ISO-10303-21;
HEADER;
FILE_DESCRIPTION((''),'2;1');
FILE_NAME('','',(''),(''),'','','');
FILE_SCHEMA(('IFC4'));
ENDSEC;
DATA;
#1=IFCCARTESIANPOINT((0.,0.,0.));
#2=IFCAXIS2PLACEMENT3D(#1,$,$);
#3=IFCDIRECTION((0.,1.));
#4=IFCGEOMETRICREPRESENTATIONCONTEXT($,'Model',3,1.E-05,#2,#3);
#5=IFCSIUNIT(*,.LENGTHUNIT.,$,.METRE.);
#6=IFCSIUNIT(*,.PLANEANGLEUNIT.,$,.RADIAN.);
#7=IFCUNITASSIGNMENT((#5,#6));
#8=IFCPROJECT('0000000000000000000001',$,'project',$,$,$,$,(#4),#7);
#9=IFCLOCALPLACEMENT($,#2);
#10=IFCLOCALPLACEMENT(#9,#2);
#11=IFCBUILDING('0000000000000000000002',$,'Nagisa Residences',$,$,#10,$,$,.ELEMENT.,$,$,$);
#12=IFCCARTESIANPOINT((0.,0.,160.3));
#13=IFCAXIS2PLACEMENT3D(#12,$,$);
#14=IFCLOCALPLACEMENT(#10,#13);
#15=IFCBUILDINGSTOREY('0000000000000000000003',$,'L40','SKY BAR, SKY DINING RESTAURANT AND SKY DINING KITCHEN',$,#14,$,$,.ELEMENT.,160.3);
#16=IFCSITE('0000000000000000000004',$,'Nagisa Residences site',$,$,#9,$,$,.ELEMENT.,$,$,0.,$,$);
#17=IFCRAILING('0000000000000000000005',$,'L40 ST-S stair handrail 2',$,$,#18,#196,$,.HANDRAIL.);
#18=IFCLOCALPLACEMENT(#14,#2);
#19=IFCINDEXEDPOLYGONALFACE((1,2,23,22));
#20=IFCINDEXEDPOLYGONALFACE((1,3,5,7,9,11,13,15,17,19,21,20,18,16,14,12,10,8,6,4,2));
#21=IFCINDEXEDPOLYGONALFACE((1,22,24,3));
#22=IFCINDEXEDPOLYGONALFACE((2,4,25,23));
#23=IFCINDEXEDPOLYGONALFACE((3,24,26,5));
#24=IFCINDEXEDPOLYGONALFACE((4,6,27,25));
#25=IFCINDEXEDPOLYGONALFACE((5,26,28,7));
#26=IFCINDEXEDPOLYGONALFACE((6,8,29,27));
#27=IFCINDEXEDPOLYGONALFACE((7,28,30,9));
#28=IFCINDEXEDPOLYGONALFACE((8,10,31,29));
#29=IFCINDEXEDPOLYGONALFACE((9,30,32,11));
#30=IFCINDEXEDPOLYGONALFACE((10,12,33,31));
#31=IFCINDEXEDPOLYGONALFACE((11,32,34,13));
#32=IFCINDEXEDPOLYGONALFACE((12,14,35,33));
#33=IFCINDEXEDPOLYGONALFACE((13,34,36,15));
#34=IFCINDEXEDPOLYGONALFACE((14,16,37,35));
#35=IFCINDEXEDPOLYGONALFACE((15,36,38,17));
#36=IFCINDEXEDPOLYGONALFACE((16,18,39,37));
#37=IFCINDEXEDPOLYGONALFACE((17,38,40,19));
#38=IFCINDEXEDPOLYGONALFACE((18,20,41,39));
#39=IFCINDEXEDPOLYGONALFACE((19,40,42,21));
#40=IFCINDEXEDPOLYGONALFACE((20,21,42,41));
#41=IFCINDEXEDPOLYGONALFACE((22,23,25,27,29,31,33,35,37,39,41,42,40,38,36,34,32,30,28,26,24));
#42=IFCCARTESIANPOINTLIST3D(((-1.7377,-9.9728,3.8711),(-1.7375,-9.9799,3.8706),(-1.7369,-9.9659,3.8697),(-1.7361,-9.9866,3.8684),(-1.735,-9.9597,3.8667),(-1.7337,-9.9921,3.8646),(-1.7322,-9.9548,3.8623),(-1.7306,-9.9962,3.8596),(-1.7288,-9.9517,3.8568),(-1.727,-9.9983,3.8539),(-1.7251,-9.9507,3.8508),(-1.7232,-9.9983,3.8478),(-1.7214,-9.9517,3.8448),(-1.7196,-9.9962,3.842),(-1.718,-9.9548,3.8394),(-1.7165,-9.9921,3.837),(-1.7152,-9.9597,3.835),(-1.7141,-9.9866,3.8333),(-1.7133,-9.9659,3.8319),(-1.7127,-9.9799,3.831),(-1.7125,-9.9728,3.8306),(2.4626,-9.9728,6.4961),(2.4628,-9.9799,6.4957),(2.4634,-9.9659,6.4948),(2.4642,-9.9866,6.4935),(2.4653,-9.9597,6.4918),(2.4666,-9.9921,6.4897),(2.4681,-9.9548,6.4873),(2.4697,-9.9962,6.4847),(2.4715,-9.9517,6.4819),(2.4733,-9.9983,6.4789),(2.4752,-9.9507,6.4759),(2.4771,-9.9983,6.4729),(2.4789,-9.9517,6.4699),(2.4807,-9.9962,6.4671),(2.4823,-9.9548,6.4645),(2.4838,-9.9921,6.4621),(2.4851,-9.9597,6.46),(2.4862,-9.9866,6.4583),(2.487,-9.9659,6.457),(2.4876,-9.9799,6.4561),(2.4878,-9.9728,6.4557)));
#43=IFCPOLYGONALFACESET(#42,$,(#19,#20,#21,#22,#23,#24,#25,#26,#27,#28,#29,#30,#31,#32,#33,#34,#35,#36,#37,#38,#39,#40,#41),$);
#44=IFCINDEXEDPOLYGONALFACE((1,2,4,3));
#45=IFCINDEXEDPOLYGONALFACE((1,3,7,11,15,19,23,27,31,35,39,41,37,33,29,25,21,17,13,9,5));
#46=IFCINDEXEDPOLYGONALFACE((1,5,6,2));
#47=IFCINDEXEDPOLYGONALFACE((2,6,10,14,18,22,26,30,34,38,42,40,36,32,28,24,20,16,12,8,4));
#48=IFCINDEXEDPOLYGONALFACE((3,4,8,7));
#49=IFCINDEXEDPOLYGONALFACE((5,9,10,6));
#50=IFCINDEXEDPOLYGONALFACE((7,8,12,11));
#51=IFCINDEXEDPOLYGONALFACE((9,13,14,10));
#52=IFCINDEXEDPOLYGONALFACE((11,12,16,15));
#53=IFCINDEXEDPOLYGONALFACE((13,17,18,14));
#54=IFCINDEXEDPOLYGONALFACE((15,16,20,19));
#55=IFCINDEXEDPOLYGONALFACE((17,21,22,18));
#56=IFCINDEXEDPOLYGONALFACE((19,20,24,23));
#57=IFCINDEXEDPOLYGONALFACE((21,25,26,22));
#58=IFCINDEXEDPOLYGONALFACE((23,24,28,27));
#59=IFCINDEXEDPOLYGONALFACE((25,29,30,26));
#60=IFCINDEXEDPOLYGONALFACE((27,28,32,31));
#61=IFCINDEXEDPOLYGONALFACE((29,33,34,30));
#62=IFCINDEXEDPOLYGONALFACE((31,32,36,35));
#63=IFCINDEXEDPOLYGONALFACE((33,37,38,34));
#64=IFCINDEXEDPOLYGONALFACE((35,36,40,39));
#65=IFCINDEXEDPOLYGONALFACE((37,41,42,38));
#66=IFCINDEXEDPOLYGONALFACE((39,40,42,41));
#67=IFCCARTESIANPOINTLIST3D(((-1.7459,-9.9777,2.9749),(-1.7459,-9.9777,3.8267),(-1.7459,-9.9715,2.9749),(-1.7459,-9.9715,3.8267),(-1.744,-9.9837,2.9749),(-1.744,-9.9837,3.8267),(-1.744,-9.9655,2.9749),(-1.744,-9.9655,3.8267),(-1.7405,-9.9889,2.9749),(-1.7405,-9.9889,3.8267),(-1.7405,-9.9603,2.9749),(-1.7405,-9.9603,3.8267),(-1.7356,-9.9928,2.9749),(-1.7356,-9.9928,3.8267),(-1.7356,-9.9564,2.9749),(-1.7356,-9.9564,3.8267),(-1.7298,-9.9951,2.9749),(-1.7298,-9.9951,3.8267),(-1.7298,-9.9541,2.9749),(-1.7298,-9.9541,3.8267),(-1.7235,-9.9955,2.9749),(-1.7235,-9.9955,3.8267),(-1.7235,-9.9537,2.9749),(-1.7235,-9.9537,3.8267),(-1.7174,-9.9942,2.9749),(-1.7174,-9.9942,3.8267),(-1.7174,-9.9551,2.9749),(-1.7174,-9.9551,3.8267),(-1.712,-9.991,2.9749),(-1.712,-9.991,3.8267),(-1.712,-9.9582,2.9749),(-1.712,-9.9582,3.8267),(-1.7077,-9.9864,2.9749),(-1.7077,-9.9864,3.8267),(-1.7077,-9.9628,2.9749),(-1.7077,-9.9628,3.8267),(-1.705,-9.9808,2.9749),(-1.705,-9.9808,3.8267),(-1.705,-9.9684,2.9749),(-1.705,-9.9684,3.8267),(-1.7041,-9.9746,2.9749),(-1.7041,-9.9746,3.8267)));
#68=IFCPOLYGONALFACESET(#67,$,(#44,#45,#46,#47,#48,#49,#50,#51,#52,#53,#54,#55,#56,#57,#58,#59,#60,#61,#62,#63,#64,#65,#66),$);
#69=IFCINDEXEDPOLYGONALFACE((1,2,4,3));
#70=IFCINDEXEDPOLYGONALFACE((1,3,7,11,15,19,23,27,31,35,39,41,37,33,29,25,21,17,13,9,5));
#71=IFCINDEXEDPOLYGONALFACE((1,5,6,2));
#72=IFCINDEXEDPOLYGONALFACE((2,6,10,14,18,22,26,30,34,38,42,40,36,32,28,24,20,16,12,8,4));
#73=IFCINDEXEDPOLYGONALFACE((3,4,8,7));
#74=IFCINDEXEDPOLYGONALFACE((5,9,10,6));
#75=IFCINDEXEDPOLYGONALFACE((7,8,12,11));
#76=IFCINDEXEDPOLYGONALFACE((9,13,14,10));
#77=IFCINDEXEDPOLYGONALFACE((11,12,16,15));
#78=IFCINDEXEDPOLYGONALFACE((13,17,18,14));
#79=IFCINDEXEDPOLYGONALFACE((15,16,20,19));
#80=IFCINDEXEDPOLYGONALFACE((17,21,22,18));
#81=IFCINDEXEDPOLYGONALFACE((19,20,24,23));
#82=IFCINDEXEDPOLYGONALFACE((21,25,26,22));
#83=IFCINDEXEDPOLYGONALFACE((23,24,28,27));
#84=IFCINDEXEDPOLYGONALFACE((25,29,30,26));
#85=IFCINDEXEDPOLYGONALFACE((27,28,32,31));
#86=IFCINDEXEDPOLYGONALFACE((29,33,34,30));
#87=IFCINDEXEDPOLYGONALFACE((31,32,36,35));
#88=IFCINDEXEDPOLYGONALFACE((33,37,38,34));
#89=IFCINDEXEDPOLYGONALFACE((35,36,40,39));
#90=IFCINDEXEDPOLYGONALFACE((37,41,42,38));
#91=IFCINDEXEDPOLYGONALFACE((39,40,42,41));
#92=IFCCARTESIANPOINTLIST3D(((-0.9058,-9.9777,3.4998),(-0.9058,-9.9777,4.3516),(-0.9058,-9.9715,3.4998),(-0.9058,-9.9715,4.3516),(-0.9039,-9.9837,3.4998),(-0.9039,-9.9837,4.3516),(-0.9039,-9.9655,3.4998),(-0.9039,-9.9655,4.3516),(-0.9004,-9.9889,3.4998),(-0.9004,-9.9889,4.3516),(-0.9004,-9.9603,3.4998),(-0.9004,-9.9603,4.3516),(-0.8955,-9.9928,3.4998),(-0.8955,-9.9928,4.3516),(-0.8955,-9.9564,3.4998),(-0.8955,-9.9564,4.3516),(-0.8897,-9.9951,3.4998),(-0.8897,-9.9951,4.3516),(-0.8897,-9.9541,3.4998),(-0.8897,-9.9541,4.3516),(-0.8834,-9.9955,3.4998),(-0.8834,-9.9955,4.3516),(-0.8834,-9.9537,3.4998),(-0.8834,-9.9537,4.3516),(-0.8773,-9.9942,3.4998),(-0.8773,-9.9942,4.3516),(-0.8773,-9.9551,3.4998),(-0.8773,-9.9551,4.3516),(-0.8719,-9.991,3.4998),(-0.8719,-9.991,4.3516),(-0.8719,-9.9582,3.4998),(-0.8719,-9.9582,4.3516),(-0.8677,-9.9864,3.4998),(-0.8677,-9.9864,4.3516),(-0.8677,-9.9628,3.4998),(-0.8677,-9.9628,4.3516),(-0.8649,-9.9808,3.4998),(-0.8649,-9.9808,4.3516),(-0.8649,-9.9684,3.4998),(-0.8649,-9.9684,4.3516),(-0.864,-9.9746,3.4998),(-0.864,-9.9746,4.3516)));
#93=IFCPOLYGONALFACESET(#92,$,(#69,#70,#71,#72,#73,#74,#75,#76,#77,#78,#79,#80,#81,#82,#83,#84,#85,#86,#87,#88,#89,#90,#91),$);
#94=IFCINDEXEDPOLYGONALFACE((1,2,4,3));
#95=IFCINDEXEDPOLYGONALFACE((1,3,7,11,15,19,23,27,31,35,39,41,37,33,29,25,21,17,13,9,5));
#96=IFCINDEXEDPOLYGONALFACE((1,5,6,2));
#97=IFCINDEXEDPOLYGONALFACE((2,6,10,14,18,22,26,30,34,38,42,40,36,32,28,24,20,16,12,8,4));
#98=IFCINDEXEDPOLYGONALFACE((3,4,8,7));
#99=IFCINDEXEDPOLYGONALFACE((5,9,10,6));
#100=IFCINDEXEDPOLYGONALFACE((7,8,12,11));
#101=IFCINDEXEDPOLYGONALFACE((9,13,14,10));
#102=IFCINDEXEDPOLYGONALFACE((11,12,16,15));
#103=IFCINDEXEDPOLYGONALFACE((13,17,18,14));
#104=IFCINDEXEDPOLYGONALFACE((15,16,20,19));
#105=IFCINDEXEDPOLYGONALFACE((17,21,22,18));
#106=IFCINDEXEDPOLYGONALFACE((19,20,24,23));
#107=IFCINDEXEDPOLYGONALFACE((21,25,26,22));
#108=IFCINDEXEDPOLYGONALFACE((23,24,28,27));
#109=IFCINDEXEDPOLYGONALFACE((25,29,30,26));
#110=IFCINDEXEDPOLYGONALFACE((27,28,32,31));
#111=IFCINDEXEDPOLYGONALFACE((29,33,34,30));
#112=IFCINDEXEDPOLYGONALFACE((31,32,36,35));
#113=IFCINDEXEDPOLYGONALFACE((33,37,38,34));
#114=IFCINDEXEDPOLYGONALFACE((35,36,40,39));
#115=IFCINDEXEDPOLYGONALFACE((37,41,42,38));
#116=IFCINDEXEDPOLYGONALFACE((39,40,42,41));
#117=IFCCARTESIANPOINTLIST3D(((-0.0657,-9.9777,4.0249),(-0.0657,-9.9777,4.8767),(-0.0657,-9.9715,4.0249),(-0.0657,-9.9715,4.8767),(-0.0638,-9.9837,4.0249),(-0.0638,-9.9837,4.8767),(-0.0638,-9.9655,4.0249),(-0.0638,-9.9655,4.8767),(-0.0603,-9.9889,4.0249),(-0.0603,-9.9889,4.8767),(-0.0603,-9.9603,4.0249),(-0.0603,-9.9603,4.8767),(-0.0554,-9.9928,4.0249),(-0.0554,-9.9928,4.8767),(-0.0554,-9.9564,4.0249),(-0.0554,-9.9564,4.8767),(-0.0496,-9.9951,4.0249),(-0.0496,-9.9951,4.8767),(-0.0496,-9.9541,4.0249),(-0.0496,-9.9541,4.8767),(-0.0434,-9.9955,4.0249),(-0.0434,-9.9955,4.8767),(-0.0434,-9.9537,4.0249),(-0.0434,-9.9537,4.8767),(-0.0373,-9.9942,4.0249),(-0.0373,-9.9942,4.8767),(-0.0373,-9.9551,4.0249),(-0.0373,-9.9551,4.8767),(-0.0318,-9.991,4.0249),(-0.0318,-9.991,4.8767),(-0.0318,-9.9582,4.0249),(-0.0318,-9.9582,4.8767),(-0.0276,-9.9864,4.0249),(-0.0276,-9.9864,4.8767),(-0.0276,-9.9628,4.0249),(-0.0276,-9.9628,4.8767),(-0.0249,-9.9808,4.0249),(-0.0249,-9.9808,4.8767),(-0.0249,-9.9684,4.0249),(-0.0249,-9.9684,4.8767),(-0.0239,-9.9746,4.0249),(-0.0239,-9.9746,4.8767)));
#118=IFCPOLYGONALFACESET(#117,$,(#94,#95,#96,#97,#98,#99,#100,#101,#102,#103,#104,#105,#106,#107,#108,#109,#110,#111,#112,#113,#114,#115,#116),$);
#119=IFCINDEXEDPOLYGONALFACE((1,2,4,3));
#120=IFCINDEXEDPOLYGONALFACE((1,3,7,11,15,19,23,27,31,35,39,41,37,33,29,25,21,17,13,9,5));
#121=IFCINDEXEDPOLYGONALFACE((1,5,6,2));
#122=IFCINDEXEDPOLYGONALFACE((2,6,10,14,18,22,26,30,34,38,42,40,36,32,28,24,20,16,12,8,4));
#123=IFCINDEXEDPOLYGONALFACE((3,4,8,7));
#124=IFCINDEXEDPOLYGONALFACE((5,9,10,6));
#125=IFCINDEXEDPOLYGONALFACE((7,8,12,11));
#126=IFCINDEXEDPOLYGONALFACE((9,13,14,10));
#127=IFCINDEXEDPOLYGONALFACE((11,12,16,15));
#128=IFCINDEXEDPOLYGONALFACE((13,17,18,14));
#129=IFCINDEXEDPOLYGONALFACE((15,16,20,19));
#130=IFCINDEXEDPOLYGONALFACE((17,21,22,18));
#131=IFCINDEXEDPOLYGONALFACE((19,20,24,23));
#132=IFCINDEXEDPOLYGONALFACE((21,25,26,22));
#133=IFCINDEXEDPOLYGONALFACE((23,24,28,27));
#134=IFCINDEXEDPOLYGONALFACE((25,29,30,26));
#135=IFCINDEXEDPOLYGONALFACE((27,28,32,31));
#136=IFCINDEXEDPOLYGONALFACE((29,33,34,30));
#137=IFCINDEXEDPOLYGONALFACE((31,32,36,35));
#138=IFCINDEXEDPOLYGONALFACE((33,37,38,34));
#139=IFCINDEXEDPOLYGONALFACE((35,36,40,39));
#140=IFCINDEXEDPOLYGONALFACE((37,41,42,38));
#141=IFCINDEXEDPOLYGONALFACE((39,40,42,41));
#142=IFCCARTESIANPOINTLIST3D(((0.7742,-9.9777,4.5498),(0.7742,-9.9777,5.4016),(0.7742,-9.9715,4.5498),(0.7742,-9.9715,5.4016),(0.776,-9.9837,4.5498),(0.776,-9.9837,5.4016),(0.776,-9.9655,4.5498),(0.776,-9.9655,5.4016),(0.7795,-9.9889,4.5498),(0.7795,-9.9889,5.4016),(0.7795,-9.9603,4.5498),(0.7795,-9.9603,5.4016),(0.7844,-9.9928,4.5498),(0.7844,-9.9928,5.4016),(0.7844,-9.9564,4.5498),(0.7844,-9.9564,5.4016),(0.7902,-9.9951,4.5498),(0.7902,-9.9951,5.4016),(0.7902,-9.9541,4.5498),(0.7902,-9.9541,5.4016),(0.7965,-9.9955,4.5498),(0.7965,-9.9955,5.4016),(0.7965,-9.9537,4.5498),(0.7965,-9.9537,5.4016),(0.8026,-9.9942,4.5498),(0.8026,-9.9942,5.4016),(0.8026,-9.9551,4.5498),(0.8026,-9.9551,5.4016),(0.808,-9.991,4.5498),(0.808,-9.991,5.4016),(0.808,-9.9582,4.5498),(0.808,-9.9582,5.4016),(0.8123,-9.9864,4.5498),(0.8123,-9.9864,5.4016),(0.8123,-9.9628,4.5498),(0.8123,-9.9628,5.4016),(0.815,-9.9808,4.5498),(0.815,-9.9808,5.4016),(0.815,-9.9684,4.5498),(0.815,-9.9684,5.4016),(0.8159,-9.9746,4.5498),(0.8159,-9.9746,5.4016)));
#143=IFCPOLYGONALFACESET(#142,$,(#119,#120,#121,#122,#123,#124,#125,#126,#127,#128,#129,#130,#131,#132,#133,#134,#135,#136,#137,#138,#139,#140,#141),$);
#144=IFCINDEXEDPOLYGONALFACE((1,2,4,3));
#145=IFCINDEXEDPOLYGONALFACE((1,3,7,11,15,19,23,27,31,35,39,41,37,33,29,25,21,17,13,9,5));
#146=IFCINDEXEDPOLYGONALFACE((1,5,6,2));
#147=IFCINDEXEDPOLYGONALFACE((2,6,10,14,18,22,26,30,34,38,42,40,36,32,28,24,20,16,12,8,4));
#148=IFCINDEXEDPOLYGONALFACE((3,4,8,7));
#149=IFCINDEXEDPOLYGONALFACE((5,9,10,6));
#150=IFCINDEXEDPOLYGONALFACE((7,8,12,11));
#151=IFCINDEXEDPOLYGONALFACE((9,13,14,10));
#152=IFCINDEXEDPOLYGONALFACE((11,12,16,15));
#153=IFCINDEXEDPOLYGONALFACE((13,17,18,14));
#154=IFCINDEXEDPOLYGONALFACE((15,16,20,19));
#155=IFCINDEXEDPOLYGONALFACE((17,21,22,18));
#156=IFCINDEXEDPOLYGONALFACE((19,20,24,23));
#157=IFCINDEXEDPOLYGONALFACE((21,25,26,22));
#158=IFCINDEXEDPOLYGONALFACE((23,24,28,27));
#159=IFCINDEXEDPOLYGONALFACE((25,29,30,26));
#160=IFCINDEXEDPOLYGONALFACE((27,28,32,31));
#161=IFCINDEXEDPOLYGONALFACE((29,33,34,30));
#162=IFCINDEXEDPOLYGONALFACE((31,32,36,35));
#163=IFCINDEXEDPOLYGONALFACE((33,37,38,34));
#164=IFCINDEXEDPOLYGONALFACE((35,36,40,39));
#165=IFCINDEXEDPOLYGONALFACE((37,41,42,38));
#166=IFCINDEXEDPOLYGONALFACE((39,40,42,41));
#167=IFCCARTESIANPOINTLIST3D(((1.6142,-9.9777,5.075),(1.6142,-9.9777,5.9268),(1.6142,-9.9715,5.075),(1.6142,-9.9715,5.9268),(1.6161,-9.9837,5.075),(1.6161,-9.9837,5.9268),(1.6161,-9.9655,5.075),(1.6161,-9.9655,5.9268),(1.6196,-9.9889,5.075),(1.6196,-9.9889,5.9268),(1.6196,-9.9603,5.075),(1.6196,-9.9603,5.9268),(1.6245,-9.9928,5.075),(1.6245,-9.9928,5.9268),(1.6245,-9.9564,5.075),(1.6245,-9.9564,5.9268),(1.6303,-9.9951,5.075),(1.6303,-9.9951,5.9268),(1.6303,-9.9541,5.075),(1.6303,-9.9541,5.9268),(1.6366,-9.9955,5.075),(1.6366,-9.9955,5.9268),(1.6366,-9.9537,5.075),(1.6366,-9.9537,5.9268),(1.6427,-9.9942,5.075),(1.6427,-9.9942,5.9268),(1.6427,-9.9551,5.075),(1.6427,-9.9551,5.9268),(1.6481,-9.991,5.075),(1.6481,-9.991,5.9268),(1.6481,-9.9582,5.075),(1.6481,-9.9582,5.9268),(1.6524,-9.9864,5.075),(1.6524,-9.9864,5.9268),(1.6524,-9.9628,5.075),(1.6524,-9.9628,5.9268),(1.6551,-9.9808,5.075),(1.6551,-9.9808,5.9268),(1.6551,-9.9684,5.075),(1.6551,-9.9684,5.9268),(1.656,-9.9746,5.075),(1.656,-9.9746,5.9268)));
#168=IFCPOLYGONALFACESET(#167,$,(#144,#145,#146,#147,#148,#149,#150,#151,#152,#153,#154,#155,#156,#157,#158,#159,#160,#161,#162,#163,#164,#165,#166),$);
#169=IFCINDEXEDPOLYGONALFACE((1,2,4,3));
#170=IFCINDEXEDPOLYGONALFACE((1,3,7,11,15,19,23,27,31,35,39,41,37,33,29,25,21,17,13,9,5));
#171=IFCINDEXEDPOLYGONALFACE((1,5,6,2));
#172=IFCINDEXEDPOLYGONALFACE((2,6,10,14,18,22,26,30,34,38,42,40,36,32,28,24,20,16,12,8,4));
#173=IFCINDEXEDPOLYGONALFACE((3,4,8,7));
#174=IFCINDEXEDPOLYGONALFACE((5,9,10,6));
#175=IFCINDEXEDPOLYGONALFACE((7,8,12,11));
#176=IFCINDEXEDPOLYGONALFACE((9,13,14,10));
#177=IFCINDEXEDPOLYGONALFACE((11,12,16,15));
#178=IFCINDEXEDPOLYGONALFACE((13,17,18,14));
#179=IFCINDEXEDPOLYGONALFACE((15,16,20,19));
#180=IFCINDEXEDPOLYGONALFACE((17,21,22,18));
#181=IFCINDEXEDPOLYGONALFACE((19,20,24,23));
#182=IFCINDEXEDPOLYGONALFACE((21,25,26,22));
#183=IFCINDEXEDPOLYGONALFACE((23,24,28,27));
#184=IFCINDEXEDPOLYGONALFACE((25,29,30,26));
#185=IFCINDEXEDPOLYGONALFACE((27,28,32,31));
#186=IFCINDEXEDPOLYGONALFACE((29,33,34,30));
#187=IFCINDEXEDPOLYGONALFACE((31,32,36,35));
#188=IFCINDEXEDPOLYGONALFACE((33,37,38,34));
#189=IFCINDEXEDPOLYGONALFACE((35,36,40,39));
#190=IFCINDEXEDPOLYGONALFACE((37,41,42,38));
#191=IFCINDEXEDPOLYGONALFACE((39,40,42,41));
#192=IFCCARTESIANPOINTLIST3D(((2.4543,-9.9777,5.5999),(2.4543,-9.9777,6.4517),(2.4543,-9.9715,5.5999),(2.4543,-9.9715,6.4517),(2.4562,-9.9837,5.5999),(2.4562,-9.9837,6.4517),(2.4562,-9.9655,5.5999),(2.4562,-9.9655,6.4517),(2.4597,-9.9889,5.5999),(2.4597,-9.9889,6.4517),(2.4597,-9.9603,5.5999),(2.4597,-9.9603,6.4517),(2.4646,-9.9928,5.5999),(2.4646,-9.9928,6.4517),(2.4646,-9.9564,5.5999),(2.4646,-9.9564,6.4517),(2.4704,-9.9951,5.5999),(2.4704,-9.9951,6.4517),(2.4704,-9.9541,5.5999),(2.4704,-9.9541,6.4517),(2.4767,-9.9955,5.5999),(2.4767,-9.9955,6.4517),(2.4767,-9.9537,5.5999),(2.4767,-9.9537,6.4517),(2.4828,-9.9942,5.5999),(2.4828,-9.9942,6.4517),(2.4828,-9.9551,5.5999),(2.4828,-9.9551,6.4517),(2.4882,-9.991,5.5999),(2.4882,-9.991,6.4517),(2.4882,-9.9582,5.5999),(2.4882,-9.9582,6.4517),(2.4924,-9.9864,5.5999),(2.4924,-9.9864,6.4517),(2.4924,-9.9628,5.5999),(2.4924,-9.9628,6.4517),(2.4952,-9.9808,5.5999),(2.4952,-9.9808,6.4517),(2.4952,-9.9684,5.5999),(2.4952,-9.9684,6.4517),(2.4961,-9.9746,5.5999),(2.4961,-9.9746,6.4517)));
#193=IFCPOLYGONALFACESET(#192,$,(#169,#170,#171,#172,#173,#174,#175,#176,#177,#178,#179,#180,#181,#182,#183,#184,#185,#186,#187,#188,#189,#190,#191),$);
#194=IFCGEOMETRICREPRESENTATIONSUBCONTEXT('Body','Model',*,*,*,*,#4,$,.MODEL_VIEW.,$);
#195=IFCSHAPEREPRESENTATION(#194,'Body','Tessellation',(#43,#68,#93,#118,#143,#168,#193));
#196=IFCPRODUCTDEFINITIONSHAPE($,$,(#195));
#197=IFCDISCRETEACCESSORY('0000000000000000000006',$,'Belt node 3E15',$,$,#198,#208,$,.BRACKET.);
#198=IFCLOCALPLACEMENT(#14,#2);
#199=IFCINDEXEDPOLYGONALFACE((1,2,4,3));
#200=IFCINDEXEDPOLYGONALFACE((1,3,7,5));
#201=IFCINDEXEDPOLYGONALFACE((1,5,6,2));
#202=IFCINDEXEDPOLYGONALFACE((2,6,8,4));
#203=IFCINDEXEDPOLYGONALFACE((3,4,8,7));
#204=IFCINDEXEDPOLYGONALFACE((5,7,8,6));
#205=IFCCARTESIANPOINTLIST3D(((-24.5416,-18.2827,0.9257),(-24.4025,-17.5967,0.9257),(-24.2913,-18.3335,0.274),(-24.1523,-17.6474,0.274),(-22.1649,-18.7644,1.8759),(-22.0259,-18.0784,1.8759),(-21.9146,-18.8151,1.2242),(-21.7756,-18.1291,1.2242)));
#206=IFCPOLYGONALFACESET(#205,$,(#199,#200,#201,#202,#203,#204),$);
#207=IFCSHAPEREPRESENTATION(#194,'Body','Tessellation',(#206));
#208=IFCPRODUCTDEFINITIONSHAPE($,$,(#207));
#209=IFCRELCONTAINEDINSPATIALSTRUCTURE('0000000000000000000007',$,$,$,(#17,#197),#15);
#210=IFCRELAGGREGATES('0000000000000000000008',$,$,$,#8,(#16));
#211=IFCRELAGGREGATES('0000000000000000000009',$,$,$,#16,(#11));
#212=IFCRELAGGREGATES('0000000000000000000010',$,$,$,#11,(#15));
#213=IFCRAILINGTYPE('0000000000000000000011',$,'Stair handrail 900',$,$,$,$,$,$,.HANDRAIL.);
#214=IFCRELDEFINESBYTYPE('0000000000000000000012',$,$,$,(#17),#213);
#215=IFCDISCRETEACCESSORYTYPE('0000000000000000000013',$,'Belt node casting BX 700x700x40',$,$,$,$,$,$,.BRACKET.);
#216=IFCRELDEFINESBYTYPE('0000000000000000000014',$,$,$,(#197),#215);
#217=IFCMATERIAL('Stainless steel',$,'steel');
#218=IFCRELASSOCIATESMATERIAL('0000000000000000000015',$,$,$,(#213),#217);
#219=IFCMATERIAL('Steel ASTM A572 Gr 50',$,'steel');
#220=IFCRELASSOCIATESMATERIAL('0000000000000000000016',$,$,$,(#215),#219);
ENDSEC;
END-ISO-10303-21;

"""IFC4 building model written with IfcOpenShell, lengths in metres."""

from ifc_helpers import new_model, si_unit, direction, frame, origin, origin_2d, place, context, subcontext, project, spatial, rectangle, circle, extrude, material, type_object, element, save


model = new_model("IFC4")

# Units and contexts
model_context = context("Model", 3, precision=1e-05, world=origin(), true_north=direction((0.0, 1.0)))
body_context = subcontext(model_context, "Body", "Model", "MODEL_VIEW")
ifc_project = project(units=[si_unit("LENGTHUNIT", "METRE"), si_unit("PLANEANGLEUNIT", "RADIAN")], contexts=[model_context])

# Site, building, storey
site_placement = place(None, origin())
site = spatial("IfcSite", under=ifc_project, at=site_placement, Name="Nagisa Residences site", CompositionType="ELEMENT", RefElevation=0.0)
building_placement = place(site_placement, origin())
building = spatial("IfcBuilding", under=site, at=building_placement, Name="Nagisa Residences", CompositionType="ELEMENT")
storey_placement = place(building_placement, frame((0.0, 0.0, 160.3)))
storey = spatial("IfcBuildingStorey", under=building, at=storey_placement, Name="L40", Description="SKY BAR, SKY DINING RESTAURANT AND SKY DINING KITCHEN", CompositionType="ELEMENT", Elevation=160.3)

# Railing
ifc_material_1 = material(Name="Stainless steel", Category="steel")
railing_type = type_object("IfcRailingType", Name="Stair handrail 900", PredefinedType="HANDRAIL", material=ifc_material_1)
railing_placement = place(storey_placement, frame((-1.7251, -9.9746, 2.9749)))
element("IfcRailing", 1, at=railing_placement, inside=storey, type_object=railing_type, Name="L40 ST-S stair handrail 2", PredefinedType="HANDRAIL", context=body_context, shape_type="SweptSolid", body=[
    extrude(circle(Radius=0.0239, at=origin_2d()), frame((0.0, 0.0, 0.876), z_axis=(0.848009, 0.0, 0.529981), x_axis=(0.0, 1.0, 0.0)), (0.0, 0.0, 1.0), 4.9531),
    extrude(circle(Radius=0.021, at=origin_2d()), origin(), (0.0, 0.0, 1.0), 0.8518),
    extrude(circle(Radius=0.021, at=origin_2d()), frame((0.8401, 0.0, 0.5249)), (0.0, 0.0, 1.0), 0.8518),
    extrude(circle(Radius=0.021, at=origin_2d()), frame((1.6802, 0.0, 1.05)), (0.0, 0.0, 1.0), 0.8518),
    extrude(circle(Radius=0.021, at=origin_2d()), frame((2.52, 0.0, 1.575)), (0.0, 0.0, 1.0), 0.8518),
    extrude(circle(Radius=0.021, at=origin_2d()), frame((3.3601, 0.0, 2.1001)), (0.0, 0.0, 1.0), 0.8518),
    extrude(circle(Radius=0.021, at=origin_2d()), frame((4.2002, 0.0, 2.625)), (0.0, 0.0, 1.0), 0.8518),
])

# Discrete accessory
ifc_material_2 = material(Name="Steel ASTM A572 Gr 50", Category="steel")
discrete_accessory_type_1 = type_object("IfcDiscreteAccessoryType", Name="Belt node casting BX 700x700x40", PredefinedType="BRACKET", material=ifc_material_2)
discrete_accessory_1_placement = place(storey_placement, frame((-24.3469, -17.9651, 0.5999), z_axis=(0.912525, -0.184942, 0.364822), x_axis=(0.198632, 0.980074, 0.0)))
element("IfcDiscreteAccessory", 2, at=discrete_accessory_1_placement, inside=storey, type_object=discrete_accessory_type_1, Name="Belt node 3E15", PredefinedType="BRACKET", context=body_context, shape_type="SweptSolid", body=[
    extrude(rectangle(XDim=0.7, YDim=0.7, at=origin_2d()), origin(), (0.0, 0.0, 1.0), 2.6045),
])

save(model, "model.ifc")
